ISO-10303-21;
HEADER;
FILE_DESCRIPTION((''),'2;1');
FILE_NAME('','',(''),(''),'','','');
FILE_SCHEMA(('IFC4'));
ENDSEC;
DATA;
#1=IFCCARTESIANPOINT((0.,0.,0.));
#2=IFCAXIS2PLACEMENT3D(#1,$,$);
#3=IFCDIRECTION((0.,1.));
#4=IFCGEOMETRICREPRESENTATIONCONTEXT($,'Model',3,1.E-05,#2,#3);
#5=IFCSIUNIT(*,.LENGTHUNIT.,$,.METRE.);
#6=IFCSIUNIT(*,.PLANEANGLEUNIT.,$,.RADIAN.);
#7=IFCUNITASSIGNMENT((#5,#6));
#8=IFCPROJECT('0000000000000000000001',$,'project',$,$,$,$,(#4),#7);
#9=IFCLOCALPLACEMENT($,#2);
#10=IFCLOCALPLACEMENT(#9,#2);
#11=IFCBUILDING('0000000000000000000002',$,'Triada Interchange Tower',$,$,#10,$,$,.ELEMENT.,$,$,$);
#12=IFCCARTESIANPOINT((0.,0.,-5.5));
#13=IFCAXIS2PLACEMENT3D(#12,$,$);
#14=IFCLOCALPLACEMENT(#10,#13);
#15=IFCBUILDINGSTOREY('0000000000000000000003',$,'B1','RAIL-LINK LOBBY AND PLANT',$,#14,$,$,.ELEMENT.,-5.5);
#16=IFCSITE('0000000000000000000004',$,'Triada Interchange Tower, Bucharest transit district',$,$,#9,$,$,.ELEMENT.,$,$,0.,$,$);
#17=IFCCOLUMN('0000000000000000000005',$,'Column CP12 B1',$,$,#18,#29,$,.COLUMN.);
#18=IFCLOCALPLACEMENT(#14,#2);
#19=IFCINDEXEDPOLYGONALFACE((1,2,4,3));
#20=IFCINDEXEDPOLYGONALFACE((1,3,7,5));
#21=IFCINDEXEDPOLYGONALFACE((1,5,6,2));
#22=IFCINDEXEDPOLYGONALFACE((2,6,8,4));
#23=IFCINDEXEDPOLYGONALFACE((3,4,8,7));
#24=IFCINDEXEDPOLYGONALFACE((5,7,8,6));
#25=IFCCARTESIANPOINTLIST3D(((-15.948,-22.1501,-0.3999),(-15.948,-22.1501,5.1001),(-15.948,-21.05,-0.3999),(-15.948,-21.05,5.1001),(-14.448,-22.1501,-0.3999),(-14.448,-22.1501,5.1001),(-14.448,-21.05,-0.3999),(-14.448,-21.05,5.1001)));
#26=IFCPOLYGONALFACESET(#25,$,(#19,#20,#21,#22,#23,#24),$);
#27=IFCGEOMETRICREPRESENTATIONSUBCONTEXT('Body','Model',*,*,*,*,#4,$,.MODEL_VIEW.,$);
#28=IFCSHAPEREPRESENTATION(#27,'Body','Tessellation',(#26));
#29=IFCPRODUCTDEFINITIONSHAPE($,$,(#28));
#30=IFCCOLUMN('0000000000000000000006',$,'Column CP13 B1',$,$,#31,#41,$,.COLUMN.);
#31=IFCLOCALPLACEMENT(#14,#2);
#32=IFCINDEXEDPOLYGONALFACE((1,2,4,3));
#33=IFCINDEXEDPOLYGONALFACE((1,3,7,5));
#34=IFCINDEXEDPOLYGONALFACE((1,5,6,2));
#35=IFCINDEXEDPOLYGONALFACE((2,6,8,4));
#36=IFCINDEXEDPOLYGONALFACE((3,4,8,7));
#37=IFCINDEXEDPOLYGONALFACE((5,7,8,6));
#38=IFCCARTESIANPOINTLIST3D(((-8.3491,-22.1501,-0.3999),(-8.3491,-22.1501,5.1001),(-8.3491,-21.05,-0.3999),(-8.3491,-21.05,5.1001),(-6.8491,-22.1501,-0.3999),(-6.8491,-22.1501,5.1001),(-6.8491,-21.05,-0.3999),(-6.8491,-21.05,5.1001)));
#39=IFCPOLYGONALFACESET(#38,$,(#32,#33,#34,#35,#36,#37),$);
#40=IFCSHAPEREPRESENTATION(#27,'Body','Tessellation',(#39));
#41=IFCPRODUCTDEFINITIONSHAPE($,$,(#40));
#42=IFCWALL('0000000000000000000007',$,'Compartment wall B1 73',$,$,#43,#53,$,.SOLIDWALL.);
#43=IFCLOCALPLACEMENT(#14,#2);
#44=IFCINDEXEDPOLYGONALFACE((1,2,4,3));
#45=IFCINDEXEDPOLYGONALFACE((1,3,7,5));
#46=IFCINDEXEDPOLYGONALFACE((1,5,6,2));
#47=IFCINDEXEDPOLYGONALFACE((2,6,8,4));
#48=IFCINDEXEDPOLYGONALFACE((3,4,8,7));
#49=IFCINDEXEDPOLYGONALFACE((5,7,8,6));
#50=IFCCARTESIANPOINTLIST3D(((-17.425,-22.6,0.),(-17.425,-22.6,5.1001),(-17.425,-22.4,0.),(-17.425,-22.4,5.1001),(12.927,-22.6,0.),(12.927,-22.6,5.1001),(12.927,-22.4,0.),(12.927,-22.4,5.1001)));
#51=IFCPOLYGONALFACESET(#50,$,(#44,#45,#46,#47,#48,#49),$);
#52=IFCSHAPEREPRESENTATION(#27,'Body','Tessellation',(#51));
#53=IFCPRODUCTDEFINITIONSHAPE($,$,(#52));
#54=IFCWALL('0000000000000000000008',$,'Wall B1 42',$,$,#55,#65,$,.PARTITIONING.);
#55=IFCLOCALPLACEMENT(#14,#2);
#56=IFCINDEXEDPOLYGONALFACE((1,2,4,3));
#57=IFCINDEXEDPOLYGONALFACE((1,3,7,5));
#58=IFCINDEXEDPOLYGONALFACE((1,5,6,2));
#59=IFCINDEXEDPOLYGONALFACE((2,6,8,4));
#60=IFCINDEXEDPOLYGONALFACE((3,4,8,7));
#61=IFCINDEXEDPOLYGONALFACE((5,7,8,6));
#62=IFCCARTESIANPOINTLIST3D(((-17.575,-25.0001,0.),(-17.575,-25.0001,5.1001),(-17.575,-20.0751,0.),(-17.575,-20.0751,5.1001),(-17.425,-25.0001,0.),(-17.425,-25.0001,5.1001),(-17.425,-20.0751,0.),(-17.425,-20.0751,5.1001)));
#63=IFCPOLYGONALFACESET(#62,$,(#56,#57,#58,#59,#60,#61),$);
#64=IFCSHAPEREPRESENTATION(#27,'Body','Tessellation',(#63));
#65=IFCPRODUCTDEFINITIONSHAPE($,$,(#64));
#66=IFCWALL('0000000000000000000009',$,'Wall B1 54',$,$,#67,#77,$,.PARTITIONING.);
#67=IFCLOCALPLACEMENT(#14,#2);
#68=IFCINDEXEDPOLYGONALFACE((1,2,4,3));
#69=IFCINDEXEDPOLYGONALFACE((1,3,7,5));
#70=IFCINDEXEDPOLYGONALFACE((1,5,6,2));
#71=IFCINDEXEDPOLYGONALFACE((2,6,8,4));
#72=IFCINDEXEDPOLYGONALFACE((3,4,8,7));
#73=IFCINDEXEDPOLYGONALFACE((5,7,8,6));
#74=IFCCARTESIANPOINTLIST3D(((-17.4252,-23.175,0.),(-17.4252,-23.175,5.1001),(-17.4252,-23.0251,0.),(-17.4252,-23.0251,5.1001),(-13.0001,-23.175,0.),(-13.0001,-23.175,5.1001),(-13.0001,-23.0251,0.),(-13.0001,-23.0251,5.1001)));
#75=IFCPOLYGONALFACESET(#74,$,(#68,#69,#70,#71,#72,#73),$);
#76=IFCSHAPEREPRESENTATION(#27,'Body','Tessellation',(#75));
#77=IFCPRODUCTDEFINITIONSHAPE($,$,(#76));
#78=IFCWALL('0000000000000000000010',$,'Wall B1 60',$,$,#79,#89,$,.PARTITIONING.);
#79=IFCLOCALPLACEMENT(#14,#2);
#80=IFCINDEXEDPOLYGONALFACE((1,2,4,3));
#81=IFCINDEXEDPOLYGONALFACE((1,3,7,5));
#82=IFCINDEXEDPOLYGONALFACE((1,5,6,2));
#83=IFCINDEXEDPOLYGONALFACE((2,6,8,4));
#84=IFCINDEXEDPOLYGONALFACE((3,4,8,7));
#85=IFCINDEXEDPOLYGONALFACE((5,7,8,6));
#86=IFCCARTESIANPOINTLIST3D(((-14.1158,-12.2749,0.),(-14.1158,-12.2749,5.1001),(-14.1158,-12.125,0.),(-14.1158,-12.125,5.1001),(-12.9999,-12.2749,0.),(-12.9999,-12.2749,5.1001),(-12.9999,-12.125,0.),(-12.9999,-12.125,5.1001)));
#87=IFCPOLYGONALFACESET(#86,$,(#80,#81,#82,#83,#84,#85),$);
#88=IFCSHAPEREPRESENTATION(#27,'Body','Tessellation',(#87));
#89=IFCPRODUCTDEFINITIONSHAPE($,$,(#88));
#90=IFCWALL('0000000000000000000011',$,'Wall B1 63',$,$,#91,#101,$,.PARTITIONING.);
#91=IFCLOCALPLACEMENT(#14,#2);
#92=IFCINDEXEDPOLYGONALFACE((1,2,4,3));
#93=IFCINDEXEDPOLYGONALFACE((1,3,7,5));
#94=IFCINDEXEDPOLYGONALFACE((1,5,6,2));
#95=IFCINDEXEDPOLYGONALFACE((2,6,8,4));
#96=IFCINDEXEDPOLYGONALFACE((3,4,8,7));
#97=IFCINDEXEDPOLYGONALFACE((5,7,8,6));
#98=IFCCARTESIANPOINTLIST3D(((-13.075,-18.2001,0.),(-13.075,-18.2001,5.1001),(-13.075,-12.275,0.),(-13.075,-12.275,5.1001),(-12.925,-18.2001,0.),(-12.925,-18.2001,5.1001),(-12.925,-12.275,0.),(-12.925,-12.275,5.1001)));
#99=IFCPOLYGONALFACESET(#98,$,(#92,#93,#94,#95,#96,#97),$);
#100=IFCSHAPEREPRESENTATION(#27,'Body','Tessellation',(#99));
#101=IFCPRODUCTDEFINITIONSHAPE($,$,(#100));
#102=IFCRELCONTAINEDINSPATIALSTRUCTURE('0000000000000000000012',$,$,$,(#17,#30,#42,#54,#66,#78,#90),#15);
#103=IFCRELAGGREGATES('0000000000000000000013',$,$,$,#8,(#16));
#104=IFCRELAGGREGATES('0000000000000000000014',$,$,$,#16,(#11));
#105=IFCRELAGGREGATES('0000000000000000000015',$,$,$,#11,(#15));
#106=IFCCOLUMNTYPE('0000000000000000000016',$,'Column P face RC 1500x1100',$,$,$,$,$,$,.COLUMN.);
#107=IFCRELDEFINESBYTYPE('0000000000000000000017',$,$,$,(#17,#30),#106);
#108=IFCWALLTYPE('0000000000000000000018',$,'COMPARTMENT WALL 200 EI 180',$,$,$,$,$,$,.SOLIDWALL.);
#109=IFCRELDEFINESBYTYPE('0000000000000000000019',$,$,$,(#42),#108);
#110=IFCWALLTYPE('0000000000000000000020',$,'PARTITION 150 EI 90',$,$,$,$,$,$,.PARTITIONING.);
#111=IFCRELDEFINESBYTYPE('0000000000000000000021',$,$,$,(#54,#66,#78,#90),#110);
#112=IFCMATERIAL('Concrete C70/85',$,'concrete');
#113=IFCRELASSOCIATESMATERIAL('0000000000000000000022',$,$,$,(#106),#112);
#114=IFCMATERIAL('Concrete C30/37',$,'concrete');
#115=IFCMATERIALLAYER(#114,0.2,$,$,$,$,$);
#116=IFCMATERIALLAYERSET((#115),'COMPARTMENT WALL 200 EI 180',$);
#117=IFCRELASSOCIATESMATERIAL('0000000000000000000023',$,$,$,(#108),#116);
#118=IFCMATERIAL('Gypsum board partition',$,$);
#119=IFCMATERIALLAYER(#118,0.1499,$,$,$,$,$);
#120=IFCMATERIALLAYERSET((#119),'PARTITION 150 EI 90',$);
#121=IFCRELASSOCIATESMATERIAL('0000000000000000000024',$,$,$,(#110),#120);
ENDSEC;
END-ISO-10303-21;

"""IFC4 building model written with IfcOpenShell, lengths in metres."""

from ifc_helpers import new_model, si_unit, direction, frame, frame_2d, origin, origin_2d, place, context, subcontext, project, spatial, rectangle, extrude, material, layer, layer_set, material_profile, profile_set, type_object, element, save


model = new_model("IFC4")

# Units and contexts
model_context = context("Model", 3, precision=1e-05, world=origin(), true_north=direction((0.0, 1.0)))
body_context = subcontext(model_context, "Body", "Model", "MODEL_VIEW")
ifc_project = project(units=[si_unit("LENGTHUNIT", "METRE"), si_unit("PLANEANGLEUNIT", "RADIAN")], contexts=[model_context])

# Site, building, storey
site_placement = place(None, origin())
site = spatial("IfcSite", under=ifc_project, at=site_placement, Name="Triada Interchange Tower, Bucharest transit district", CompositionType="ELEMENT", RefElevation=0.0)
building_placement = place(site_placement, origin())
building = spatial("IfcBuilding", under=site, at=building_placement, Name="Triada Interchange Tower", CompositionType="ELEMENT")
storey_placement = place(building_placement, frame((0.0, 0.0, -5.5)))
storey = spatial("IfcBuildingStorey", under=building, at=storey_placement, Name="B1", Description="RAIL-LINK LOBBY AND PLANT", CompositionType="ELEMENT", Elevation=-5.5)

# Shared definitions
ifc_material_1 = material(Name="Concrete C30/37", Category="concrete")

# Columns
ifc_material_2 = material(Name="Concrete C70/85", Category="concrete")
ifc_material_profile_1 = material_profile(ifc_material_2, rectangle(XDim=1.5, YDim=1.1001, at=origin_2d()), Name="RC 1500x1100")
ifc_profile_set_1 = profile_set([ifc_material_profile_1], Name="Concrete C70/85")
column_type = type_object("IfcColumnType", Name="Column P face RC 1500x1100", PredefinedType="COLUMN", material=ifc_profile_set_1)
for number, where, z_axis, x_axis, name in (
    (1, (-15.198, -21.6001, -0.3999), (0.0, 0.0, 1.0), (1.0, 0.0, 0.0), "Column CP12 B1"),
    (2, (-7.5991, -21.6001, -0.3999), (0.0, 0.0, 1.0), (1.0, 0.0, 0.0), "Column CP13 B1"),
):
    element("IfcColumn", number, at=place(storey_placement, frame(where, z_axis=z_axis, x_axis=x_axis)), inside=storey, type_object=column_type, Name=name, PredefinedType="COLUMN", context=body_context, shape_type="SweptSolid", body=[
        extrude(rectangle(XDim=1.5, YDim=1.1001, at=origin_2d()), origin(), (0.0, 0.0, 1.0), 5.5),
    ])

# Walls
ifc_layer_1 = layer(ifc_material_1, 0.2)
ifc_layer_set_1 = layer_set([ifc_layer_1], Name="COMPARTMENT WALL 200 EI 180")
wall_type_1 = type_object("IfcWallType", Name="COMPARTMENT WALL 200 EI 180", PredefinedType="SOLIDWALL", material=ifc_layer_set_1)
wall_1_placement = place(storey_placement, frame((-17.425, -22.5, 0.0), z_axis=(0.0, 0.0, 1.0), x_axis=(1.0, 0.0, 0.0)))
element("IfcWall", 3, at=wall_1_placement, inside=storey, type_object=wall_type_1, Name="Compartment wall B1 73", PredefinedType="SOLIDWALL", context=body_context, shape_type="SweptSolid", body=[
    extrude(rectangle(XDim=30.3521, YDim=0.2, at=frame_2d((15.176, 0.0))), origin(), (0.0, 0.0, 1.0), 5.1001),
])
ifc_material_3 = material(Name="Gypsum board partition")
ifc_layer_2 = layer(ifc_material_3, 0.1499)
ifc_layer_set_2 = layer_set([ifc_layer_2], Name="PARTITION 150 EI 90")
wall_type_2 = type_object("IfcWallType", Name="PARTITION 150 EI 90", PredefinedType="PARTITIONING", material=ifc_layer_set_2)
wall_2_placement = place(storey_placement, frame((-17.5, -25.0, 0.0), z_axis=(0.0, 0.0, 1.0), x_axis=(0.0, 1.0, 0.0)))
element("IfcWall", 4, at=wall_2_placement, inside=storey, type_object=wall_type_2, Name="Wall B1 42", PredefinedType="PARTITIONING", context=body_context, shape_type="SweptSolid", body=[
    extrude(rectangle(XDim=4.925, YDim=0.1499, at=frame_2d((2.4624, 0.0))), origin(), (0.0, 0.0, 1.0), 5.1001),
])
wall_3_placement = place(storey_placement, frame((-17.425, -23.1001, 0.0), z_axis=(0.0, 0.0, 1.0), x_axis=(1.0, 0.0, 0.0)))
element("IfcWall", 5, at=wall_3_placement, inside=storey, type_object=wall_type_2, Name="Wall B1 54", PredefinedType="PARTITIONING", context=body_context, shape_type="SweptSolid", body=[
    extrude(rectangle(XDim=4.425, YDim=0.1499, at=frame_2d((2.2124, 0.0))), origin(), (0.0, 0.0, 1.0), 5.1001),
])
wall_4_placement = place(storey_placement, frame((-14.116, -12.2, 0.0), z_axis=(0.0, 0.0, 1.0), x_axis=(1.0, 0.0, 0.0)))
element("IfcWall", 6, at=wall_4_placement, inside=storey, type_object=wall_type_2, Name="Wall B1 60", PredefinedType="PARTITIONING", context=body_context, shape_type="SweptSolid", body=[
    extrude(rectangle(XDim=1.116, YDim=0.1499, at=frame_2d((0.5581, 0.0))), origin(), (0.0, 0.0, 1.0), 5.1001),
])
wall_5_placement = place(storey_placement, frame((-13.0, -18.2, 0.0), z_axis=(0.0, 0.0, 1.0), x_axis=(0.0, 1.0, 0.0)))
element("IfcWall", 7, at=wall_5_placement, inside=storey, type_object=wall_type_2, Name="Wall B1 63", PredefinedType="PARTITIONING", context=body_context, shape_type="SweptSolid", body=[
    extrude(rectangle(XDim=5.925, YDim=0.1499, at=frame_2d((2.9624, 0.0))), origin(), (0.0, 0.0, 1.0), 5.1001),
])

save(model, "model.ifc")
